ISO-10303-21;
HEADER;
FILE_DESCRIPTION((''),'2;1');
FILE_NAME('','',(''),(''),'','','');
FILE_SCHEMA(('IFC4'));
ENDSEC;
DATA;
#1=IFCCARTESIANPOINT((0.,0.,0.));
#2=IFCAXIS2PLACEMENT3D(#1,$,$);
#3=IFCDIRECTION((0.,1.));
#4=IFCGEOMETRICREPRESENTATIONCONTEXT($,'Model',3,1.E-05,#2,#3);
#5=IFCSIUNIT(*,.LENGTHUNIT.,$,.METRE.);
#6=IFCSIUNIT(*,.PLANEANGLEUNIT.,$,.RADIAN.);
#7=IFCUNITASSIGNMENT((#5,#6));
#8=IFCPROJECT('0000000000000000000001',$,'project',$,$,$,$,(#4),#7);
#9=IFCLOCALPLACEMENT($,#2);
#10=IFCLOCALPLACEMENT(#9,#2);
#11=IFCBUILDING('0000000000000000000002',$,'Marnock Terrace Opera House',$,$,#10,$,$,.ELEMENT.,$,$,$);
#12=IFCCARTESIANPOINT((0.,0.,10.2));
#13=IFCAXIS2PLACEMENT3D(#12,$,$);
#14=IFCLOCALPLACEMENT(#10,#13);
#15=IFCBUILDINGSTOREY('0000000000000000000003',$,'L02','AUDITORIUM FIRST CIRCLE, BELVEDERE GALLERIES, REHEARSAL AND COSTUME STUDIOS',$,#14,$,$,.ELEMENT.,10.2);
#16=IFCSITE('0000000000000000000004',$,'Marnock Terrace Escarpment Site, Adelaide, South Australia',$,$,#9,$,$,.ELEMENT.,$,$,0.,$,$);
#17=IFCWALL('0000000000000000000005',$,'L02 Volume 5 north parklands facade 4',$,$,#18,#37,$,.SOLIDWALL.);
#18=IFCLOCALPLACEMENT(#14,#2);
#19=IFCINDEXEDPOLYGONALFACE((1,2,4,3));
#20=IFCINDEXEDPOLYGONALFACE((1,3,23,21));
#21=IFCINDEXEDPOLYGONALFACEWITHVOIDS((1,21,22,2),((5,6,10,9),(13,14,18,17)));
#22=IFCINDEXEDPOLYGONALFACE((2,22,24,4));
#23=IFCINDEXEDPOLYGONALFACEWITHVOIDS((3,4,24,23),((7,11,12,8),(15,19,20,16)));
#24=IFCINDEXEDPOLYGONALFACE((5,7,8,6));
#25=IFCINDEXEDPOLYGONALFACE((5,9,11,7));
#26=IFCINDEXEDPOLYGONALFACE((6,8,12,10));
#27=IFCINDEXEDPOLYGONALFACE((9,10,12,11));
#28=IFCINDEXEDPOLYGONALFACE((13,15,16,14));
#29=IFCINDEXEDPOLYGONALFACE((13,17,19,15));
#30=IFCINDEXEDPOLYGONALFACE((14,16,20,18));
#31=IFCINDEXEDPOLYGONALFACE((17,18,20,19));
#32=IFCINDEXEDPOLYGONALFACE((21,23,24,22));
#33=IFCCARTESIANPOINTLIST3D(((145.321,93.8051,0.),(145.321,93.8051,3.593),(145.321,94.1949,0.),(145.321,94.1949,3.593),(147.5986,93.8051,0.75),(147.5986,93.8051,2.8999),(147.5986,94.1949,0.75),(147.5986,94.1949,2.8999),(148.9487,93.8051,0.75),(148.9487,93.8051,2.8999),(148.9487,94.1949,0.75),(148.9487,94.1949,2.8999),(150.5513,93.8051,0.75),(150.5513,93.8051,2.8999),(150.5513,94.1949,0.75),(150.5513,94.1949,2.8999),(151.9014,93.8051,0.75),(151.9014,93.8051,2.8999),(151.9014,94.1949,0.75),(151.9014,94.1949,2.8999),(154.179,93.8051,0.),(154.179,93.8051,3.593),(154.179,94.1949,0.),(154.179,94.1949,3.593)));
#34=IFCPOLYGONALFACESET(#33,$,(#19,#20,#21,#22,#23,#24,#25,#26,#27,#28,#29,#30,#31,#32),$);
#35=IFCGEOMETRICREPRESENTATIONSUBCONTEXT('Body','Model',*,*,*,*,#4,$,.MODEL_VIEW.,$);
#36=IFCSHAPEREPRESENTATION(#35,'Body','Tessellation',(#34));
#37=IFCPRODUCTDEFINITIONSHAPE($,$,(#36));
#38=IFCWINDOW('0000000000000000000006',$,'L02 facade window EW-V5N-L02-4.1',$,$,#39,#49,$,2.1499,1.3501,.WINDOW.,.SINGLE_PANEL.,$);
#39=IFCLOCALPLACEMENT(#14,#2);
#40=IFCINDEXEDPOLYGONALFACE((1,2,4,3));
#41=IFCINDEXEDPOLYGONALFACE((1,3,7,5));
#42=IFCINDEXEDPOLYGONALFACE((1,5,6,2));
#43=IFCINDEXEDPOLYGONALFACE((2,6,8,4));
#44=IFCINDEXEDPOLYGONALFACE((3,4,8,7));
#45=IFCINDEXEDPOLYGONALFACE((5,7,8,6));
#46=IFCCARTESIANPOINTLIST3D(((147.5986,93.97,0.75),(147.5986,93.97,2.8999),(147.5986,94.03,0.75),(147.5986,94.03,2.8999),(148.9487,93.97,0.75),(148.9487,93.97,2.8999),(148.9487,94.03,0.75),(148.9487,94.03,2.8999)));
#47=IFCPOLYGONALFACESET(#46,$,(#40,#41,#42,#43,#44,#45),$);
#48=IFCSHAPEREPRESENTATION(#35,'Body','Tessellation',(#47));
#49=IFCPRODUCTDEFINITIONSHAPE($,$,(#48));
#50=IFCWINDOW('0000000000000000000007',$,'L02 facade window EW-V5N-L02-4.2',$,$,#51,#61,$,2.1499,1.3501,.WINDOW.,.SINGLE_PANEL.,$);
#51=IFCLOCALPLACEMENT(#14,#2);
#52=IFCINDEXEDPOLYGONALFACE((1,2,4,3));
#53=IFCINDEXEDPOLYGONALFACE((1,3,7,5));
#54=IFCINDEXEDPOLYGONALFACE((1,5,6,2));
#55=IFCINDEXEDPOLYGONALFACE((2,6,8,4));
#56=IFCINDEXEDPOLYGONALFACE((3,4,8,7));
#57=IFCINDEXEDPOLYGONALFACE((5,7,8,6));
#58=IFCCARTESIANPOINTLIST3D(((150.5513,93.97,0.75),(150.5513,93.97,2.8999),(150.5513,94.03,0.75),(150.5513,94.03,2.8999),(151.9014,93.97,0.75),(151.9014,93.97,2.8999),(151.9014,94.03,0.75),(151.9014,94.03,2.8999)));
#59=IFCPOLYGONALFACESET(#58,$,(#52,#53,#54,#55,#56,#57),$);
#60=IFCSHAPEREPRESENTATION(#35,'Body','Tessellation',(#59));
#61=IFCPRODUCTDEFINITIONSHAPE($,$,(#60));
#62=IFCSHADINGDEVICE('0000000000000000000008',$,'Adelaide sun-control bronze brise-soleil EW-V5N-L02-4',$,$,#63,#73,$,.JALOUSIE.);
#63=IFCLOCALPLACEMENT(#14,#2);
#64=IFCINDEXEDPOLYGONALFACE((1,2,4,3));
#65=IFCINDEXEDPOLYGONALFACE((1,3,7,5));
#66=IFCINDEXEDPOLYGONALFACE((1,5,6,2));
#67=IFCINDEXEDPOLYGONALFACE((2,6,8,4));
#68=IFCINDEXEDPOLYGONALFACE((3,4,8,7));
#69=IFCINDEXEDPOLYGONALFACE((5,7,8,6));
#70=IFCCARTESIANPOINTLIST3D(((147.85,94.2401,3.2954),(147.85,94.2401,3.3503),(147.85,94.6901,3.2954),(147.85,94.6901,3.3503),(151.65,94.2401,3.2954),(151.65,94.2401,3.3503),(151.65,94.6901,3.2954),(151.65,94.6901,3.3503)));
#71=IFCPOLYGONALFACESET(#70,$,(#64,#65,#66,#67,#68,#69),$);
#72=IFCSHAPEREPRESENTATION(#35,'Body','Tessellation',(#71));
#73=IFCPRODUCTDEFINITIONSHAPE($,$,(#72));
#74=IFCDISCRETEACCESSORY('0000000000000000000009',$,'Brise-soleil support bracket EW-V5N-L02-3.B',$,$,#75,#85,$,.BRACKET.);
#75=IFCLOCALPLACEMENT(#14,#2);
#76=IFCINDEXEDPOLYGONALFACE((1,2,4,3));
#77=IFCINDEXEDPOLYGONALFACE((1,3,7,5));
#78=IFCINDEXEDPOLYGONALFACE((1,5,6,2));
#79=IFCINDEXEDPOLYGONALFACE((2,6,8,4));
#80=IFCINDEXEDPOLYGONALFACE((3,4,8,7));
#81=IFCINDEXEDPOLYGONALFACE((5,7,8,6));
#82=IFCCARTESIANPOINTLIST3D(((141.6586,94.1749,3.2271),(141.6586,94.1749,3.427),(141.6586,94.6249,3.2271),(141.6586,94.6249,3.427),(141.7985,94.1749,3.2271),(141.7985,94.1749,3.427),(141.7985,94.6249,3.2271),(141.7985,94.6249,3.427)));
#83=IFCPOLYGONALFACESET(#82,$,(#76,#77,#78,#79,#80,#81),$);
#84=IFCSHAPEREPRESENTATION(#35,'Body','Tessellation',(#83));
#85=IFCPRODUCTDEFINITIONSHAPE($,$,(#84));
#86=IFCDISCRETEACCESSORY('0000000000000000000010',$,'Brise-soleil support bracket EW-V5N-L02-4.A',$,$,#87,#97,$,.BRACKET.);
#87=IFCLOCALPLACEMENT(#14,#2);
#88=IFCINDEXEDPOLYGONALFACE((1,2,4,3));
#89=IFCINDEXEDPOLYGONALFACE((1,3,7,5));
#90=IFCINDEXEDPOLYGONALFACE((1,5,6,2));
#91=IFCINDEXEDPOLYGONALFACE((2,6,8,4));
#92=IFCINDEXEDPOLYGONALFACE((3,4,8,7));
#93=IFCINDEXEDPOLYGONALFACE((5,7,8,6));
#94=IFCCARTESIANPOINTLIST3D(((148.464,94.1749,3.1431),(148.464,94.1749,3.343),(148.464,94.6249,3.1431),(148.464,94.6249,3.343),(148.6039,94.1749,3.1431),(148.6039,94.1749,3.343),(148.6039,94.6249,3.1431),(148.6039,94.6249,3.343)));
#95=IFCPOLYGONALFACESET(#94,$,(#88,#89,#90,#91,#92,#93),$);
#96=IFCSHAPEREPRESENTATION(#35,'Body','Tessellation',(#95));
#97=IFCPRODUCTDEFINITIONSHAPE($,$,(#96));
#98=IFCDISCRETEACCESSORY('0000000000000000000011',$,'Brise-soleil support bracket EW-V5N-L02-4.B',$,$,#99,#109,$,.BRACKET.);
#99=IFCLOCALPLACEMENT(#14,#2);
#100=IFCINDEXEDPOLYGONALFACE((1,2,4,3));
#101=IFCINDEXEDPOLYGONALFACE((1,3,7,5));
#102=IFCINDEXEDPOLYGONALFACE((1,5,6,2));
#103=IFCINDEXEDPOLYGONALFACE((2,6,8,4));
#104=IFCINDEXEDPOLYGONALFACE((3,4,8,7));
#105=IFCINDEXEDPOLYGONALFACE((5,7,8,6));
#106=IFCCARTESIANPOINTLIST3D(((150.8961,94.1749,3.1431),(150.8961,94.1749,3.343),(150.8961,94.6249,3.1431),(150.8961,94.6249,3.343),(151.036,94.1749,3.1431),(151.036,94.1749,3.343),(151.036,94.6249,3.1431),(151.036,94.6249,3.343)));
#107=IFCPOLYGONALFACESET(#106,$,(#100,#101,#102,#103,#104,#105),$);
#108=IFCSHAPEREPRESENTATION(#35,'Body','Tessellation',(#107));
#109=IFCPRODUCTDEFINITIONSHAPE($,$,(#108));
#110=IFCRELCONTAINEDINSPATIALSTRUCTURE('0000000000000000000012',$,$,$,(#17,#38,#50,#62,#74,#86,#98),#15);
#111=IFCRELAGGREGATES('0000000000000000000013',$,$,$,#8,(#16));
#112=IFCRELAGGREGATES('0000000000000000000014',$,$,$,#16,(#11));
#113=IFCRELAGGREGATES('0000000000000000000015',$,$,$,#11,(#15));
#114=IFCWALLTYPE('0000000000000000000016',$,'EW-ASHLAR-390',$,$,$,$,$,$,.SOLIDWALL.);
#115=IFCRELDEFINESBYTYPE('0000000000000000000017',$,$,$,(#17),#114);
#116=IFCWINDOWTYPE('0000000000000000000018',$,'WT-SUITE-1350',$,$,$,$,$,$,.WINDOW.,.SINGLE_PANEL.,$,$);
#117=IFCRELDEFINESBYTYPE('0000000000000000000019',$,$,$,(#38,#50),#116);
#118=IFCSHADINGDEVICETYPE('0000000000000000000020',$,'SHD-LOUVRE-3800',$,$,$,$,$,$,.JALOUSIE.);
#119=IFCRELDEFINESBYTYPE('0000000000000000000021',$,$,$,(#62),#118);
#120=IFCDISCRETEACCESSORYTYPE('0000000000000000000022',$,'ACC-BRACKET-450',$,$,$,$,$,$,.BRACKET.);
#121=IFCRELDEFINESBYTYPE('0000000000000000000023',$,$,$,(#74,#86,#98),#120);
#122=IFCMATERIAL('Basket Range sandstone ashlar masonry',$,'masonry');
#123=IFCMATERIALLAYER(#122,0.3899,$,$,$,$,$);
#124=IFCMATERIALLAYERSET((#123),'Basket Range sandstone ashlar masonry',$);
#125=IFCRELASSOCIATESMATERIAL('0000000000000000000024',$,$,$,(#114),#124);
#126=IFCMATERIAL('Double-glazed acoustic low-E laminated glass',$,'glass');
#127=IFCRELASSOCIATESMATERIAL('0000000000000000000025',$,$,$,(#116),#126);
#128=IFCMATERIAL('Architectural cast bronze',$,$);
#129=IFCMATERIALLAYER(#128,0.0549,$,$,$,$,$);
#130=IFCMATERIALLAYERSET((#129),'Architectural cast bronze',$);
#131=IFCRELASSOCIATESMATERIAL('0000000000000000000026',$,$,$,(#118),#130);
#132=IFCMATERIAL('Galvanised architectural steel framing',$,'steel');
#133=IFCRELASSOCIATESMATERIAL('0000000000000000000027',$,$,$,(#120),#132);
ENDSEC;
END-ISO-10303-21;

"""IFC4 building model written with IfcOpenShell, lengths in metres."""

from ifc_helpers import new_model, si_unit, direction, frame, frame_2d, origin, origin_2d, place, context, subcontext, project, spatial, rectangle, extrude, material, layer, layer_set, type_object, element, fill, save


model = new_model("IFC4")

# Units and contexts
model_context = context("Model", 3, precision=1e-05, world=origin(), true_north=direction((0.0, 1.0)))
body_context = subcontext(model_context, "Body", "Model", "MODEL_VIEW")
ifc_project = project(units=[si_unit("LENGTHUNIT", "METRE"), si_unit("PLANEANGLEUNIT", "RADIAN")], contexts=[model_context])

# Site, building, storey
site_placement = place(None, origin())
site = spatial("IfcSite", under=ifc_project, at=site_placement, Name="Marnock Terrace Escarpment Site, Adelaide, South Australia", CompositionType="ELEMENT", RefElevation=0.0)
building_placement = place(site_placement, origin())
building = spatial("IfcBuilding", under=site, at=building_placement, Name="Marnock Terrace Opera House", CompositionType="ELEMENT")
storey_placement = place(building_placement, frame((0.0, 0.0, 10.2)))
storey = spatial("IfcBuildingStorey", under=building, at=storey_placement, Name="L02", Description="AUDITORIUM FIRST CIRCLE, BELVEDERE GALLERIES, REHEARSAL AND COSTUME STUDIOS", CompositionType="ELEMENT", Elevation=10.2)

# Wall, openings, windows
ifc_material_1 = material(Name="Basket Range sandstone ashlar masonry", Category="masonry")
ifc_layer_1 = layer(ifc_material_1, 0.3899)
ifc_layer_set_1 = layer_set([ifc_layer_1], Name="Basket Range sandstone ashlar masonry")
wall_type = type_object("IfcWallType", Name="EW-ASHLAR-390", PredefinedType="SOLIDWALL", material=ifc_layer_set_1)
wall_placement = place(storey_placement, frame((145.321, 94.0, 0.0), z_axis=(0.0, 0.0, 1.0), x_axis=(1.0, 0.0, 0.0)))
wall = element("IfcWall", 1, at=wall_placement, inside=storey, type_object=wall_type, Name="L02 Volume 5 north parklands facade 4", PredefinedType="SOLIDWALL", context=body_context, shape_type="SweptSolid", body=[
    extrude(rectangle(XDim=8.8579, YDim=0.3899, at=frame_2d((4.429, 0.0))), origin(), (0.0, 0.0, 1.0), 3.593),
])
opening_1_placement = place(wall_placement, frame((2.2776, 0.0, 0.75)))
opening_1 = element("IfcOpeningElement", 2, at=opening_1_placement, cuts=wall, PredefinedType="OPENING", context=body_context, shape_type="SweptSolid", body=[
    extrude(rectangle(XDim=1.3501, YDim=2.1499, at=frame_2d((0.675, 1.075))), frame((0.0, 0.2048, 0.0), z_axis=(0.0, -1.0, 0.0), x_axis=(1.0, 0.0, 0.0)), (0.0, 0.0, 1.0), 0.4099),
])
opening_2_placement = place(wall_placement, frame((5.2302, 0.0, 0.75)))
opening_2 = element("IfcOpeningElement", 3, at=opening_2_placement, cuts=wall, PredefinedType="OPENING", context=body_context, shape_type="SweptSolid", body=[
    extrude(rectangle(XDim=1.3501, YDim=2.1499, at=frame_2d((0.675, 1.075))), frame((0.0, 0.2048, 0.0), z_axis=(0.0, -1.0, 0.0), x_axis=(1.0, 0.0, 0.0)), (0.0, 0.0, 1.0), 0.4099),
])
ifc_material_2 = material(Name="Double-glazed acoustic low-E laminated glass", Category="glass")
window_type = type_object("IfcWindowType", Name="WT-SUITE-1350", PartitioningType="SINGLE_PANEL", PredefinedType="WINDOW", material=ifc_material_2)
window_1_placement = place(opening_1_placement, origin())
window_1 = element("IfcWindow", 4, at=window_1_placement, inside=storey, type_object=window_type, Name="L02 facade window EW-V5N-L02-4.1", OverallHeight=2.1499, OverallWidth=1.3501, PartitioningType="SINGLE_PANEL", PredefinedType="WINDOW", context=body_context, shape_type="SweptSolid", body=[
    extrude(rectangle(XDim=1.3501, YDim=2.1499, at=frame_2d((0.675, 1.075))), frame((0.0, 0.03, 0.0), z_axis=(0.0, -1.0, 0.0), x_axis=(1.0, 0.0, 0.0)), (0.0, 0.0, 1.0), 0.0601),
])
fill(opening_1, window_1)
window_2_placement = place(opening_2_placement, origin())
window_2 = element("IfcWindow", 5, at=window_2_placement, inside=storey, type_object=window_type, Name="L02 facade window EW-V5N-L02-4.2", OverallHeight=2.1499, OverallWidth=1.3501, PartitioningType="SINGLE_PANEL", PredefinedType="WINDOW", context=body_context, shape_type="SweptSolid", body=[
    extrude(rectangle(XDim=1.3501, YDim=2.1499, at=frame_2d((0.675, 1.075))), frame((0.0, 0.03, 0.0), z_axis=(0.0, -1.0, 0.0), x_axis=(1.0, 0.0, 0.0)), (0.0, 0.0, 1.0), 0.0601),
])
fill(opening_2, window_2)

# Shading device
ifc_material_3 = material(Name="Architectural cast bronze")
ifc_layer_2 = layer(ifc_material_3, 0.0549)
ifc_layer_set_2 = layer_set([ifc_layer_2], Name="Architectural cast bronze")
shading_device_type = type_object("IfcShadingDeviceType", Name="SHD-LOUVRE-3800", PredefinedType="JALOUSIE", material=ifc_layer_set_2)
shading_device_placement = place(storey_placement, frame((149.75, 94.4651, 3.2954), z_axis=(0.0, 0.0, 1.0), x_axis=(1.0, 0.0, 0.0)))
element("IfcShadingDevice", 6, at=shading_device_placement, inside=storey, type_object=shading_device_type, Name="Adelaide sun-control bronze brise-soleil EW-V5N-L02-4", PredefinedType="JALOUSIE", context=body_context, shape_type="SweptSolid", body=[
    extrude(rectangle(XDim=3.8, YDim=0.45, at=origin_2d()), origin(), (0.0, 0.0, 1.0), 0.0549),
])

# Discrete accessories
ifc_material_4 = material(Name="Galvanised architectural steel framing", Category="steel")
discrete_accessory_type = type_object("IfcDiscreteAccessoryType", Name="ACC-BRACKET-450", PredefinedType="BRACKET", material=ifc_material_4)
for number, where, z_axis, x_axis, name in (
    (7, (141.7285, 94.3999, 3.2271), (0.0, 0.0, 1.0), (1.0, 0.0, 0.0), "Brise-soleil support bracket EW-V5N-L02-3.B"),
    (8, (148.5339, 94.3999, 3.1431), (0.0, 0.0, 1.0), (1.0, 0.0, 0.0), "Brise-soleil support bracket EW-V5N-L02-4.A"),
    (9, (150.9661, 94.3999, 3.1431), (0.0, 0.0, 1.0), (1.0, 0.0, 0.0), "Brise-soleil support bracket EW-V5N-L02-4.B"),
):
    element("IfcDiscreteAccessory", number, at=place(storey_placement, frame(where, z_axis=z_axis, x_axis=x_axis)), inside=storey, type_object=discrete_accessory_type, Name=name, PredefinedType="BRACKET", context=body_context, shape_type="SweptSolid", body=[
        extrude(rectangle(XDim=0.1399, YDim=0.45, at=origin_2d()), origin(), (0.0, 0.0, 1.0), 0.2),
    ])

save(model, "model.ifc")
